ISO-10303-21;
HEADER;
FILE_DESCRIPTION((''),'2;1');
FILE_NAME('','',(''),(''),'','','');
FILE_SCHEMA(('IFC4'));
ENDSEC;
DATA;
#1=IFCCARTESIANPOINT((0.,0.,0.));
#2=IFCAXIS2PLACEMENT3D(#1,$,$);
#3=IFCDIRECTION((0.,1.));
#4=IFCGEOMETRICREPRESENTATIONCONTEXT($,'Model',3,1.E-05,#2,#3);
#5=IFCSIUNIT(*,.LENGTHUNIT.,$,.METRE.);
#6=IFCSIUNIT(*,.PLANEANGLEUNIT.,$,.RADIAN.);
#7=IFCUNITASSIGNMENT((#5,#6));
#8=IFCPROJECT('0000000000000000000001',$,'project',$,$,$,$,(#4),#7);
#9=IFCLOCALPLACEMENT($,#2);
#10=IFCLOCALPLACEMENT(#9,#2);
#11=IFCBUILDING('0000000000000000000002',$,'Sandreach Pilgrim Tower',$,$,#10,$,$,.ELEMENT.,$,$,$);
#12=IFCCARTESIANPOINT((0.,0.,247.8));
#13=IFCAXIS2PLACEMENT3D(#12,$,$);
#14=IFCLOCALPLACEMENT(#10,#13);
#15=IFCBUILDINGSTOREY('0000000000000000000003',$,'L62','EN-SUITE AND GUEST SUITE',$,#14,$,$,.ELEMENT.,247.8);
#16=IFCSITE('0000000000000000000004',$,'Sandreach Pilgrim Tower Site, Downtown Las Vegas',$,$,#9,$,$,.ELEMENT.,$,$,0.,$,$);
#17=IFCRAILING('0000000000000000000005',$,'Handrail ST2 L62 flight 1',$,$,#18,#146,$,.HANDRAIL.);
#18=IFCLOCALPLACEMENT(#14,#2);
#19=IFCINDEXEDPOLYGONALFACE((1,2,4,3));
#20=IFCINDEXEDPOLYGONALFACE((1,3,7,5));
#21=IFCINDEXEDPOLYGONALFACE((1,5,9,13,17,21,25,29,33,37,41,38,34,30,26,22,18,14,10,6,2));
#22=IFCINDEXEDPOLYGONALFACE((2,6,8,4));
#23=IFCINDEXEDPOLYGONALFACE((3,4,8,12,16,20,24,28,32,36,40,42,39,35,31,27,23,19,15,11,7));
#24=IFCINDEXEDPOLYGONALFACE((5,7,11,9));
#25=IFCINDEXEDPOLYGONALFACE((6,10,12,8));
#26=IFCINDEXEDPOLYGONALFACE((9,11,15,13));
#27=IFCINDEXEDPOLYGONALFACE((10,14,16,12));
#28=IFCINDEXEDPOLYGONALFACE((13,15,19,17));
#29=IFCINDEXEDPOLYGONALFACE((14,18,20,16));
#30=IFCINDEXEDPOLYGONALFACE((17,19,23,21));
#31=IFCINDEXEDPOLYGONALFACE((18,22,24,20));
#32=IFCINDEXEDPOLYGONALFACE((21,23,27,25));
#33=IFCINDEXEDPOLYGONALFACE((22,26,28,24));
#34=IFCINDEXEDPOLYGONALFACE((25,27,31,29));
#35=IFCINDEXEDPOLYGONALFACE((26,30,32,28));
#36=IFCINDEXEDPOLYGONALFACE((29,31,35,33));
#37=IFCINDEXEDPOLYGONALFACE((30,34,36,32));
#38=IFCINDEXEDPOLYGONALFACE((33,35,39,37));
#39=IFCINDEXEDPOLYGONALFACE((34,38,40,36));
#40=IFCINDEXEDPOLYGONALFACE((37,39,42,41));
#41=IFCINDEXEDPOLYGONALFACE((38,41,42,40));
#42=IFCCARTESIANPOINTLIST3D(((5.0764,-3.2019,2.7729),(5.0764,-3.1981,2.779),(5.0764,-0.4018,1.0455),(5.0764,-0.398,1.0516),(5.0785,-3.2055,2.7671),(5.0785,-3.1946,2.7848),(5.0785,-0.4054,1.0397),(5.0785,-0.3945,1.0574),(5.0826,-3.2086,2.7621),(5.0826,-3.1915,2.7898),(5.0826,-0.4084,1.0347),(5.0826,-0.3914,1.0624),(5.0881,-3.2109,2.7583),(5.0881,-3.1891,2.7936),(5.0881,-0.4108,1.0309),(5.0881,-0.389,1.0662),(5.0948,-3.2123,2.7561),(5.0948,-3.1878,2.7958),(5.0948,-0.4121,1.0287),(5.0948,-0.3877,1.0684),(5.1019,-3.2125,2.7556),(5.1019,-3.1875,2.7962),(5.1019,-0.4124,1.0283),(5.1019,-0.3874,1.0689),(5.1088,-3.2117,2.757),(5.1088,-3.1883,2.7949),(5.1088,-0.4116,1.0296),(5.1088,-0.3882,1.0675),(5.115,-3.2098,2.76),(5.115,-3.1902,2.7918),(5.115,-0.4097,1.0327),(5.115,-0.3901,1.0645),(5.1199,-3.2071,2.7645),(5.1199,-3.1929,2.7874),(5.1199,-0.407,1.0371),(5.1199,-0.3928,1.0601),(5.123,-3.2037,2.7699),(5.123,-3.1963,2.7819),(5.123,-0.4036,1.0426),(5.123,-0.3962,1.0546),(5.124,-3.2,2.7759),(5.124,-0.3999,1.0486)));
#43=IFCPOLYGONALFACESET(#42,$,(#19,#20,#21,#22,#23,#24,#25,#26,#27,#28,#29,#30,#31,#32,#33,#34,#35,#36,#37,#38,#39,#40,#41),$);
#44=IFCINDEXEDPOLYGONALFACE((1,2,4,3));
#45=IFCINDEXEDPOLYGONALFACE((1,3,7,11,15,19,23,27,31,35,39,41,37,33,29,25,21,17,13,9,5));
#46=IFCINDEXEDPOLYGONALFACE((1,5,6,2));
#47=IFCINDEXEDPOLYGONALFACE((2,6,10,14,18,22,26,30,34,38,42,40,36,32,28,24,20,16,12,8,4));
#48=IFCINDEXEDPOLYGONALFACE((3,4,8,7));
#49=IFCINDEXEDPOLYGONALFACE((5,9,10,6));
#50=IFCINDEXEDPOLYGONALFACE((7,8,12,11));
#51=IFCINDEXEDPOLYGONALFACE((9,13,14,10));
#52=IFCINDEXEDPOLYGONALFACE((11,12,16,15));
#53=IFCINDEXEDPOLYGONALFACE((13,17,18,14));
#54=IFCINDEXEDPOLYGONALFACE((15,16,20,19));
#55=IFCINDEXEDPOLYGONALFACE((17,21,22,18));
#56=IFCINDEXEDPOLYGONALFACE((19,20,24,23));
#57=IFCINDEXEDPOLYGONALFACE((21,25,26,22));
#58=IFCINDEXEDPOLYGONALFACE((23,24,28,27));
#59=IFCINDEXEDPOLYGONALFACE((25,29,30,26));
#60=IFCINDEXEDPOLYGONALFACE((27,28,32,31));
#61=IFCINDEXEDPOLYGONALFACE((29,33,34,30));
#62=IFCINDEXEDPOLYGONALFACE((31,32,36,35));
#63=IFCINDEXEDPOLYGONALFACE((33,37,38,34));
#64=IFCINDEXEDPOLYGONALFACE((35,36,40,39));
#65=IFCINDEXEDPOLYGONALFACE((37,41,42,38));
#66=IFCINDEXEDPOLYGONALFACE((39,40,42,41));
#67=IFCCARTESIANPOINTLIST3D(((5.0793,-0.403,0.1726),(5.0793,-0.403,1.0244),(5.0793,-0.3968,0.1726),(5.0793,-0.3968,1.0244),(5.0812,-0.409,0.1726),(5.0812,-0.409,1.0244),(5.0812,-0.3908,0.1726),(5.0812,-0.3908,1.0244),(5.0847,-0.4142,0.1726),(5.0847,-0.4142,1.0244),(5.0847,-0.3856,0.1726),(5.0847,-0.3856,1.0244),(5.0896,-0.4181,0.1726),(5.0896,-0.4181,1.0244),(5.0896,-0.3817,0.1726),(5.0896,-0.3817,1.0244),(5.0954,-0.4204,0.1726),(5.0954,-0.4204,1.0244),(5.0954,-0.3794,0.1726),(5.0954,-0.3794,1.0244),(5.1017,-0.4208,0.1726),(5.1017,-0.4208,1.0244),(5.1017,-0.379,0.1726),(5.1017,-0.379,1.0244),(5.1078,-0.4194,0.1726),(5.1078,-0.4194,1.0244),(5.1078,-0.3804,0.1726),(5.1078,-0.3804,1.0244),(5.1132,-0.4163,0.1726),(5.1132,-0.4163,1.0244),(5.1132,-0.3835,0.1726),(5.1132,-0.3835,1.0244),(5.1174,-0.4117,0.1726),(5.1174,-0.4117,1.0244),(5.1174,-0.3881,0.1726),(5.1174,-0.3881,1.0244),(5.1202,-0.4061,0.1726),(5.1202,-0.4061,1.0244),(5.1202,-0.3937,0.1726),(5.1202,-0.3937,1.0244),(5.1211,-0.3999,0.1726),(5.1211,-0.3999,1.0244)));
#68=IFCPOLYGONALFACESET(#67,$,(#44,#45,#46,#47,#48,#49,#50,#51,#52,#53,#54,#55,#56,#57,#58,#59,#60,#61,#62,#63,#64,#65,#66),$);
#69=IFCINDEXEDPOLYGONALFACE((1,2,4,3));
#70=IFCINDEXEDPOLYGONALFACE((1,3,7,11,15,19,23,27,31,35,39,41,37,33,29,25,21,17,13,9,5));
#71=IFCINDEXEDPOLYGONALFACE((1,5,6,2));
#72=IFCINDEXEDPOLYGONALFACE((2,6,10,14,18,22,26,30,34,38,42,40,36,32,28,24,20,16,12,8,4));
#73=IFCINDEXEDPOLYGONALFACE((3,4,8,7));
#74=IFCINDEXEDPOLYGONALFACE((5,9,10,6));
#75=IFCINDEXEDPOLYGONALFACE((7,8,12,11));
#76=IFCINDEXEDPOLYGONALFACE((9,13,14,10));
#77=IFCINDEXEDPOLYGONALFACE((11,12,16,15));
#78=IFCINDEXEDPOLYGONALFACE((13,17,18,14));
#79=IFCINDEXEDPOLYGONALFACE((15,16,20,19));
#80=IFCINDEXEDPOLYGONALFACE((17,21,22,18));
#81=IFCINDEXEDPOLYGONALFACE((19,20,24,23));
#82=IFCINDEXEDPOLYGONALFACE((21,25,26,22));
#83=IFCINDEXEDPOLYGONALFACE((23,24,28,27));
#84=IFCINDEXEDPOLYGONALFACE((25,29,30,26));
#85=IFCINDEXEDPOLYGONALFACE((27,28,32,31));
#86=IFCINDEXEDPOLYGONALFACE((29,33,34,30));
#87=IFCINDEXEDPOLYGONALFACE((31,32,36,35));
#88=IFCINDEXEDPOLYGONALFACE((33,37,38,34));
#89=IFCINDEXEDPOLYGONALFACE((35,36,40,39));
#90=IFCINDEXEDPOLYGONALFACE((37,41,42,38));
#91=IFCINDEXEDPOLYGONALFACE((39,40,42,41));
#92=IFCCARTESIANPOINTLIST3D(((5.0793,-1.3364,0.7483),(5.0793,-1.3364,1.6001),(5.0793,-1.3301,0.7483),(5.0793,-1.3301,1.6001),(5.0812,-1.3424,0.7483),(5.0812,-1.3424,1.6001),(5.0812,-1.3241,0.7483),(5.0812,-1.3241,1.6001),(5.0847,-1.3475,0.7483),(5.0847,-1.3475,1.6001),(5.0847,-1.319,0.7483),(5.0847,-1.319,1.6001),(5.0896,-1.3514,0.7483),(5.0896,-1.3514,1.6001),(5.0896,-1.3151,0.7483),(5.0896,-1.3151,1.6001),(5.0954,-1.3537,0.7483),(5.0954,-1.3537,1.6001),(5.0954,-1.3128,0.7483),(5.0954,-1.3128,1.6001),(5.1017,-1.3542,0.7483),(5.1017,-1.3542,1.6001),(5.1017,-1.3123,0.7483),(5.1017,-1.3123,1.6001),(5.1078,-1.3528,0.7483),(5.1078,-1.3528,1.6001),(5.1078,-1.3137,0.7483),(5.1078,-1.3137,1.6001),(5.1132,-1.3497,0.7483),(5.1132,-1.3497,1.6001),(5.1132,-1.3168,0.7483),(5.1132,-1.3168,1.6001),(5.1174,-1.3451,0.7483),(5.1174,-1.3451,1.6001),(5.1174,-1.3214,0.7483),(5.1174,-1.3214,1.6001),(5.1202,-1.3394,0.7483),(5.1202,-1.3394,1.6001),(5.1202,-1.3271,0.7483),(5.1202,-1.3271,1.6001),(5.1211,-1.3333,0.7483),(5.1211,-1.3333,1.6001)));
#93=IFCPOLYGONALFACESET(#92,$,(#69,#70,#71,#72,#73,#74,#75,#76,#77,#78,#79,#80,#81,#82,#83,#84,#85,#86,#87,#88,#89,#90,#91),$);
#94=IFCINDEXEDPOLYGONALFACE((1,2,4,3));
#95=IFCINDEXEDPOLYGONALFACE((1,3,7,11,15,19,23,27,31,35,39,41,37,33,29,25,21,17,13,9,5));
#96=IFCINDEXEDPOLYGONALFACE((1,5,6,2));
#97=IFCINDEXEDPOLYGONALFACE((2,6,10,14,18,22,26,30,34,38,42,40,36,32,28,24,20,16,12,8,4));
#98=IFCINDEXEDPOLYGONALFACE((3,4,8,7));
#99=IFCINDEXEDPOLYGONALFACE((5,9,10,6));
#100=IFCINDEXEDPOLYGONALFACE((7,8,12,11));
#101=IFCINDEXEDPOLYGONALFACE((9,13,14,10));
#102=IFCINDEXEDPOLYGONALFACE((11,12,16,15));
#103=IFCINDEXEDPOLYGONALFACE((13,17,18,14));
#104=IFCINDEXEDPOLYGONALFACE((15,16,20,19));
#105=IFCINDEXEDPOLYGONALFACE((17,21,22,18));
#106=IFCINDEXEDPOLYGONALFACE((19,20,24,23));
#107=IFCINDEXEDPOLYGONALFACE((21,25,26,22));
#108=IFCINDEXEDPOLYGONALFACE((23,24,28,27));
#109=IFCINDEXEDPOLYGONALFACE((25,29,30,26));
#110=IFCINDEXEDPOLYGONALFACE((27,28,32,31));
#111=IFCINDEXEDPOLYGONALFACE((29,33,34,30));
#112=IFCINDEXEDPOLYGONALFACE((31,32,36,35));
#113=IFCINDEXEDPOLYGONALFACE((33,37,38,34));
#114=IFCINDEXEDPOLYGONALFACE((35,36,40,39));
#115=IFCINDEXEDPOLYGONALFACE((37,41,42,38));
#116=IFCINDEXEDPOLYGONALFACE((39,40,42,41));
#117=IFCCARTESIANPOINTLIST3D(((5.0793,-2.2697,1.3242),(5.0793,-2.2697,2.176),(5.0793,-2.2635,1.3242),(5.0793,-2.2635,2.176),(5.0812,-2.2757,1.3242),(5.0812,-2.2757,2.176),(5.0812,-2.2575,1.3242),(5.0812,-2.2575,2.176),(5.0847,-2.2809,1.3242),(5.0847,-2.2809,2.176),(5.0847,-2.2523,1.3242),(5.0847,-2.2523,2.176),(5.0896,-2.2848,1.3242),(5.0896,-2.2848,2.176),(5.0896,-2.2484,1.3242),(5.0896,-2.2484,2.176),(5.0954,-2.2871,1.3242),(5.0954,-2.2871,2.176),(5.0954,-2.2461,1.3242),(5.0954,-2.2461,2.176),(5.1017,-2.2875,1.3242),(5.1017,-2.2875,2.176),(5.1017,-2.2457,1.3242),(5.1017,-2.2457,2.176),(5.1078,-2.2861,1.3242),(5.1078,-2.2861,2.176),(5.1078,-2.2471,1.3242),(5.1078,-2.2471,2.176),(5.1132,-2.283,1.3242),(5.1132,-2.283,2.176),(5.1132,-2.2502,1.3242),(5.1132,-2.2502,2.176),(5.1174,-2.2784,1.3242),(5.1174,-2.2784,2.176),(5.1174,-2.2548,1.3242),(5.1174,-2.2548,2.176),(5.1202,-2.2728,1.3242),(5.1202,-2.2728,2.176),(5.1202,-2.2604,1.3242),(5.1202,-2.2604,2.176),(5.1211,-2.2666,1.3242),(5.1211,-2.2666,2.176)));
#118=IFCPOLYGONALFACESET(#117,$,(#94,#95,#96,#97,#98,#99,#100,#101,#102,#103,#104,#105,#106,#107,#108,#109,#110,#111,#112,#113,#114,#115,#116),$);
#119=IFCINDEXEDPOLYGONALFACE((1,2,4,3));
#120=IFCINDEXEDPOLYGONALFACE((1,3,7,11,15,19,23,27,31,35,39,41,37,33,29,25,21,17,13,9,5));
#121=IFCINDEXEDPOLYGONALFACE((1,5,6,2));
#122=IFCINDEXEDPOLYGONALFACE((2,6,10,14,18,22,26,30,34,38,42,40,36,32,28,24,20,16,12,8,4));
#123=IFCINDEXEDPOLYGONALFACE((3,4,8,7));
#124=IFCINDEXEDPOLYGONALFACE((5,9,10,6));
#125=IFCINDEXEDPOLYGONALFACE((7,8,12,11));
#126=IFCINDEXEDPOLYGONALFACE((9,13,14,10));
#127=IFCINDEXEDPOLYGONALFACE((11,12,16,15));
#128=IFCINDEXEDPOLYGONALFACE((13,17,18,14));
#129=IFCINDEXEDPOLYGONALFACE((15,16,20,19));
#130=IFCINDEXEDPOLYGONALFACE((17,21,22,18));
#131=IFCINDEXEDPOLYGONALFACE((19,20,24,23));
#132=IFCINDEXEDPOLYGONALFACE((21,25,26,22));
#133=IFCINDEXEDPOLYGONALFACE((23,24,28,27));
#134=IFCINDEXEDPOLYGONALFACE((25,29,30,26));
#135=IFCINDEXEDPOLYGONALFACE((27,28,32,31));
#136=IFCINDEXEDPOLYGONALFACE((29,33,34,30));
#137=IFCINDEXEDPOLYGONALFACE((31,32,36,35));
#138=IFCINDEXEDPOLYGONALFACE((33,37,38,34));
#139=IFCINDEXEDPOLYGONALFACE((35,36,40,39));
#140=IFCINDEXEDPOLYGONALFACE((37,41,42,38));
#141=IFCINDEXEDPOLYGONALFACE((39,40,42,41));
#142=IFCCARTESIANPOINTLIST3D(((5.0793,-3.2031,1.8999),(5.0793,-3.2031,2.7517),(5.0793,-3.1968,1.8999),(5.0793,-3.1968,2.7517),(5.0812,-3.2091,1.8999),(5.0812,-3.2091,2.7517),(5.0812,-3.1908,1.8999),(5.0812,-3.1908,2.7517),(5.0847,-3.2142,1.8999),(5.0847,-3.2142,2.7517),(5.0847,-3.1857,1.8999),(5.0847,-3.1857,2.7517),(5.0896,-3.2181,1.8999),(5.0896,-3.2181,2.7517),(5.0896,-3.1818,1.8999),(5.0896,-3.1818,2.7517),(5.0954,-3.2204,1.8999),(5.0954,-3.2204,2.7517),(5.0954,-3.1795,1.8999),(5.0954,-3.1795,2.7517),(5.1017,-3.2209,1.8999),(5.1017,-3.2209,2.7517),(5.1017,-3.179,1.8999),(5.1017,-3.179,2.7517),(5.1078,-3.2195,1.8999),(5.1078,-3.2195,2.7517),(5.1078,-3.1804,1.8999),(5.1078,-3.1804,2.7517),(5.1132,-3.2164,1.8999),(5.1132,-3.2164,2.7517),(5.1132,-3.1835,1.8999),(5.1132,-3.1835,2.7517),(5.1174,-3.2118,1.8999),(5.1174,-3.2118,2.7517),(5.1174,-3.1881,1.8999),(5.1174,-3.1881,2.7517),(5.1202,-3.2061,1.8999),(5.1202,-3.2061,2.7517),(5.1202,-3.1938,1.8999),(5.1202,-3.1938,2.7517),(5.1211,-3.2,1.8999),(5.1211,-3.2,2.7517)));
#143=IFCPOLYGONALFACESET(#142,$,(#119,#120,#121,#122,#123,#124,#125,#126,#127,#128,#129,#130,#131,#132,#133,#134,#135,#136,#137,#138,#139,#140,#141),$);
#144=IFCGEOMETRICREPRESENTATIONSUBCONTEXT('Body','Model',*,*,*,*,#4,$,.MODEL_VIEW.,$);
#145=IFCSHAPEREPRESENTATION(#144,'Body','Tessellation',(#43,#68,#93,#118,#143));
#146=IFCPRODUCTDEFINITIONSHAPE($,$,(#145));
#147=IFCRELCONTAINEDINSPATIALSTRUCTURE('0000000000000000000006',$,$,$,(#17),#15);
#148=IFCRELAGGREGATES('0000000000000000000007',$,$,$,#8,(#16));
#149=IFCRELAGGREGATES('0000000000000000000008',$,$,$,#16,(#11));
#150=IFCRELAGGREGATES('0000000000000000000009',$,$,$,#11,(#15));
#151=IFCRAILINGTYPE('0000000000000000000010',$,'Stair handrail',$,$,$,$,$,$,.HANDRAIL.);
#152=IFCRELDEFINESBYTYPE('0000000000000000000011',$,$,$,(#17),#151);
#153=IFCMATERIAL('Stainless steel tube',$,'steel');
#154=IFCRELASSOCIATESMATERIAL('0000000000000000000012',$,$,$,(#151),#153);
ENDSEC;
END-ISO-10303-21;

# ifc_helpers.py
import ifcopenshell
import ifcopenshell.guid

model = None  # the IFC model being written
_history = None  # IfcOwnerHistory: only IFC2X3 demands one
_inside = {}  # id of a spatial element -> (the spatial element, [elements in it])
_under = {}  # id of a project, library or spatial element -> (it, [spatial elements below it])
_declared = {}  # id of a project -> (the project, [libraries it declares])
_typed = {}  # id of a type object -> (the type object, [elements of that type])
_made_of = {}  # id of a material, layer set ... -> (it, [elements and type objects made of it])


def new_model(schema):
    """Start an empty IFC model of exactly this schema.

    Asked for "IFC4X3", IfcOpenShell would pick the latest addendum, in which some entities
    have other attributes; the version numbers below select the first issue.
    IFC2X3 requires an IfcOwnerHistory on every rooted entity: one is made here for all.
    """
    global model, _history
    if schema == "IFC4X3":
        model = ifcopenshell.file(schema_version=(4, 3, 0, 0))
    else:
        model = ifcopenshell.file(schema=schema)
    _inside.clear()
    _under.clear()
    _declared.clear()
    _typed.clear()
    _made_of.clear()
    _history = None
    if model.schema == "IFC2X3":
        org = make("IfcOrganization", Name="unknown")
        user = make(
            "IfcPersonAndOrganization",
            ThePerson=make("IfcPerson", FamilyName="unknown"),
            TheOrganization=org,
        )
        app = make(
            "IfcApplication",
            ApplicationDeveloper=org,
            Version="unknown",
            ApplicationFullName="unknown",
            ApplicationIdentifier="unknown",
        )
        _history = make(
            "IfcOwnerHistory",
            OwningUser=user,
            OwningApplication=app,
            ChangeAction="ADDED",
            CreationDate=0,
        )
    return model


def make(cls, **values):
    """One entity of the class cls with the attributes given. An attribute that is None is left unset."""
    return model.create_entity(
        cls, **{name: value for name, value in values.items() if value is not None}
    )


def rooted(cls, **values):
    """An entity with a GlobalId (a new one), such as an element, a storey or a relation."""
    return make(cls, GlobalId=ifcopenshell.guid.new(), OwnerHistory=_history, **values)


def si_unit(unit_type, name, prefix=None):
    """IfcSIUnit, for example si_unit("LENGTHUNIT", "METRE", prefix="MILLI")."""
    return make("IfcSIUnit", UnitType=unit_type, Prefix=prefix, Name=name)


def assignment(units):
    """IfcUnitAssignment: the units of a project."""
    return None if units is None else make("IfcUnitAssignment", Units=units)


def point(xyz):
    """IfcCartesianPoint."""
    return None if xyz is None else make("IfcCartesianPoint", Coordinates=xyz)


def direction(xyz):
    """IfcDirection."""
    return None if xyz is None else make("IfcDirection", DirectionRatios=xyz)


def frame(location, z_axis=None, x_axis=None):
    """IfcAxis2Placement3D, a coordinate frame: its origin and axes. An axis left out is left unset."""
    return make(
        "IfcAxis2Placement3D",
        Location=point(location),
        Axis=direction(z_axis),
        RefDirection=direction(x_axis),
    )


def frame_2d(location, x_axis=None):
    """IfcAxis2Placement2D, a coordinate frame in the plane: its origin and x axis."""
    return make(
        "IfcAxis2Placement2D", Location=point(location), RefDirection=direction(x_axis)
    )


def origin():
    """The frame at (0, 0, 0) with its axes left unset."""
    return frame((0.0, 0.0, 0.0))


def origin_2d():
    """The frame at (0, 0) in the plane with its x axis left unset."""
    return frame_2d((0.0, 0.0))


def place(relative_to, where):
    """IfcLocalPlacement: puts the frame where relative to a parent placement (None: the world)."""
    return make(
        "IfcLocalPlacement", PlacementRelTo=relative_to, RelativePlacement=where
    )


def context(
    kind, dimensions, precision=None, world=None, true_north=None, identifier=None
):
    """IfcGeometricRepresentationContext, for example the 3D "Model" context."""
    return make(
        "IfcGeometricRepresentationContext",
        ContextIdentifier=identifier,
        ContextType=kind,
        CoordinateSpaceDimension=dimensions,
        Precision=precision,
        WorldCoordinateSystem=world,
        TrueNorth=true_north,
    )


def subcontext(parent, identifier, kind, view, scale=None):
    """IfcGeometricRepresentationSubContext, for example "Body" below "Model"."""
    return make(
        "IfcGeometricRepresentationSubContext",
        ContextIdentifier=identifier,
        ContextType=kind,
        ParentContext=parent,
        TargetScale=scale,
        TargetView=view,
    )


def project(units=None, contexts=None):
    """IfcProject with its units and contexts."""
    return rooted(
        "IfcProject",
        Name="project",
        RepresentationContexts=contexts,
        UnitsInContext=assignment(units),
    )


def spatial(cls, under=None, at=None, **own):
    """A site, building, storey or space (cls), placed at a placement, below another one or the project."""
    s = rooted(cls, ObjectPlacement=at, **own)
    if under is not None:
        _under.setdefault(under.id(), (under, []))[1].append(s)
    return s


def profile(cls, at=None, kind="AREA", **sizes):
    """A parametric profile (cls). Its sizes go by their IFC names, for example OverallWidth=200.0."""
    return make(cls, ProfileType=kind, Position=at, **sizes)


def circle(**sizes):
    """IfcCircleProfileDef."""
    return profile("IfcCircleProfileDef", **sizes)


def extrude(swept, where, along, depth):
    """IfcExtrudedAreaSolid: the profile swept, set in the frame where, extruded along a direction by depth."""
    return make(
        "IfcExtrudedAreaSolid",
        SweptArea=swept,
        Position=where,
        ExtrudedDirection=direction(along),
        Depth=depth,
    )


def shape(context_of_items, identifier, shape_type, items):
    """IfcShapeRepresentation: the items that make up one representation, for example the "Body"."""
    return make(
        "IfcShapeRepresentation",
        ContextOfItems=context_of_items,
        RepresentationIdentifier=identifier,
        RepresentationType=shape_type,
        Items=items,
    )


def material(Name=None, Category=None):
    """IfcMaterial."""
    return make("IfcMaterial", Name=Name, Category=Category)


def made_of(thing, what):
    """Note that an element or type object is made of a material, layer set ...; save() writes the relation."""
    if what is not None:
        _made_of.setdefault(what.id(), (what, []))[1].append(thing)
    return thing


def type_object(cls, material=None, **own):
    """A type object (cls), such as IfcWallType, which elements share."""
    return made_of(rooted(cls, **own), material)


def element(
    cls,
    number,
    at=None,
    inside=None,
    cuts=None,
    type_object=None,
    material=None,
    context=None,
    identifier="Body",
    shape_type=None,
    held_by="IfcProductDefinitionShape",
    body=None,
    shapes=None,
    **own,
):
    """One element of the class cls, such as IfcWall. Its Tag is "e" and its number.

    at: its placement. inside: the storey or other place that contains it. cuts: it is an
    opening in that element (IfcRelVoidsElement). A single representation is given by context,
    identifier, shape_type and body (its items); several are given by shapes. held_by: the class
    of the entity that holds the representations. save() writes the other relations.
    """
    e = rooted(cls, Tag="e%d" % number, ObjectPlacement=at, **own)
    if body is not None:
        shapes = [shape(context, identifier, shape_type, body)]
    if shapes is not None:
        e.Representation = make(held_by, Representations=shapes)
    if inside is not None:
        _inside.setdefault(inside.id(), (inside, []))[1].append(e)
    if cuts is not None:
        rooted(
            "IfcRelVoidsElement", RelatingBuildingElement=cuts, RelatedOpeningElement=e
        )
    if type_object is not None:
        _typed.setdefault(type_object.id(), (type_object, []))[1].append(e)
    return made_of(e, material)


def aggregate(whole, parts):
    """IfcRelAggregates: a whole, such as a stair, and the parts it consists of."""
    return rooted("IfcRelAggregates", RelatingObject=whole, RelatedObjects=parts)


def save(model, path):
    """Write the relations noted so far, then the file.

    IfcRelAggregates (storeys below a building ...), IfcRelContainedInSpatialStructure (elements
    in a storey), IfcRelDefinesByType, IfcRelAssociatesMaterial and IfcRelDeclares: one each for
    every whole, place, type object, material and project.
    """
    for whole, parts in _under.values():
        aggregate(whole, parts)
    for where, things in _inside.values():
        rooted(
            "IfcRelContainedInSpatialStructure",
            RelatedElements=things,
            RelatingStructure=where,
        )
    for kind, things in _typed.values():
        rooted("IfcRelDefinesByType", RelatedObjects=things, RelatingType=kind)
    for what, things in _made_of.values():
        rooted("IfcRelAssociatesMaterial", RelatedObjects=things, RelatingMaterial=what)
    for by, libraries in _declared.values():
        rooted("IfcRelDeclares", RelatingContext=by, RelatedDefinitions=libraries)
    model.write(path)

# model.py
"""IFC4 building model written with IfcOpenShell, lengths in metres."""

from ifc_helpers import new_model, si_unit, direction, frame, origin, origin_2d, place, context, subcontext, project, spatial, circle, extrude, material, type_object, element, save


model = new_model("IFC4")

# Units and contexts
model_context = context("Model", 3, precision=1e-05, world=origin(), true_north=direction((0.0, 1.0)))
body_context = subcontext(model_context, "Body", "Model", "MODEL_VIEW")
ifc_project = project(units=[si_unit("LENGTHUNIT", "METRE"), si_unit("PLANEANGLEUNIT", "RADIAN")], contexts=[model_context])

# Site, building, storey
site_placement = place(None, origin())
site = spatial("IfcSite", under=ifc_project, at=site_placement, Name="Sandreach Pilgrim Tower Site, Downtown Las Vegas", CompositionType="ELEMENT", RefElevation=0.0)
building_placement = place(site_placement, origin())
building = spatial("IfcBuilding", under=site, at=building_placement, Name="Sandreach Pilgrim Tower", CompositionType="ELEMENT")
storey_placement = place(building_placement, frame((0.0, 0.0, 247.8)))
storey = spatial("IfcBuildingStorey", under=building, at=storey_placement, Name="L62", Description="EN-SUITE AND GUEST SUITE", CompositionType="ELEMENT", Elevation=247.8)

# Railing
ifc_material_1 = material(Name="Stainless steel tube", Category="steel")
railing_type = type_object("IfcRailingType", Name="Stair handrail", PredefinedType="HANDRAIL", material=ifc_material_1)
for number, where, name in (
    (1, (5.1001, -0.3999, 0.1726), "Handrail ST2 L62 flight 1"),
):
    element("IfcRailing", number, at=place(storey_placement, frame(where)), inside=storey, type_object=railing_type, Name=name, PredefinedType="HANDRAIL", context=body_context, shape_type="SweptSolid", body=[
        extrude(circle(Radius=0.0239, at=origin_2d()), frame((0.0, 0.0, 0.876), z_axis=(0.0, -0.85109, 0.52502), x_axis=(1.0, 0.0, 0.0)), (0.0, 0.0, 1.0), 3.29),
        extrude(circle(Radius=0.021, at=origin_2d()), origin(), (0.0, 0.0, 1.0), 0.8518),
        extrude(circle(Radius=0.021, at=origin_2d()), frame((0.0, -0.9333, 0.5757)), (0.0, 0.0, 1.0), 0.8518),
        extrude(circle(Radius=0.021, at=origin_2d()), frame((0.0, -1.8667, 1.1516)), (0.0, 0.0, 1.0), 0.8518),
        extrude(circle(Radius=0.021, at=origin_2d()), frame((0.0, -2.8, 1.7273)), (0.0, 0.0, 1.0), 0.8518),
    ])

save(model, "model.ifc")
